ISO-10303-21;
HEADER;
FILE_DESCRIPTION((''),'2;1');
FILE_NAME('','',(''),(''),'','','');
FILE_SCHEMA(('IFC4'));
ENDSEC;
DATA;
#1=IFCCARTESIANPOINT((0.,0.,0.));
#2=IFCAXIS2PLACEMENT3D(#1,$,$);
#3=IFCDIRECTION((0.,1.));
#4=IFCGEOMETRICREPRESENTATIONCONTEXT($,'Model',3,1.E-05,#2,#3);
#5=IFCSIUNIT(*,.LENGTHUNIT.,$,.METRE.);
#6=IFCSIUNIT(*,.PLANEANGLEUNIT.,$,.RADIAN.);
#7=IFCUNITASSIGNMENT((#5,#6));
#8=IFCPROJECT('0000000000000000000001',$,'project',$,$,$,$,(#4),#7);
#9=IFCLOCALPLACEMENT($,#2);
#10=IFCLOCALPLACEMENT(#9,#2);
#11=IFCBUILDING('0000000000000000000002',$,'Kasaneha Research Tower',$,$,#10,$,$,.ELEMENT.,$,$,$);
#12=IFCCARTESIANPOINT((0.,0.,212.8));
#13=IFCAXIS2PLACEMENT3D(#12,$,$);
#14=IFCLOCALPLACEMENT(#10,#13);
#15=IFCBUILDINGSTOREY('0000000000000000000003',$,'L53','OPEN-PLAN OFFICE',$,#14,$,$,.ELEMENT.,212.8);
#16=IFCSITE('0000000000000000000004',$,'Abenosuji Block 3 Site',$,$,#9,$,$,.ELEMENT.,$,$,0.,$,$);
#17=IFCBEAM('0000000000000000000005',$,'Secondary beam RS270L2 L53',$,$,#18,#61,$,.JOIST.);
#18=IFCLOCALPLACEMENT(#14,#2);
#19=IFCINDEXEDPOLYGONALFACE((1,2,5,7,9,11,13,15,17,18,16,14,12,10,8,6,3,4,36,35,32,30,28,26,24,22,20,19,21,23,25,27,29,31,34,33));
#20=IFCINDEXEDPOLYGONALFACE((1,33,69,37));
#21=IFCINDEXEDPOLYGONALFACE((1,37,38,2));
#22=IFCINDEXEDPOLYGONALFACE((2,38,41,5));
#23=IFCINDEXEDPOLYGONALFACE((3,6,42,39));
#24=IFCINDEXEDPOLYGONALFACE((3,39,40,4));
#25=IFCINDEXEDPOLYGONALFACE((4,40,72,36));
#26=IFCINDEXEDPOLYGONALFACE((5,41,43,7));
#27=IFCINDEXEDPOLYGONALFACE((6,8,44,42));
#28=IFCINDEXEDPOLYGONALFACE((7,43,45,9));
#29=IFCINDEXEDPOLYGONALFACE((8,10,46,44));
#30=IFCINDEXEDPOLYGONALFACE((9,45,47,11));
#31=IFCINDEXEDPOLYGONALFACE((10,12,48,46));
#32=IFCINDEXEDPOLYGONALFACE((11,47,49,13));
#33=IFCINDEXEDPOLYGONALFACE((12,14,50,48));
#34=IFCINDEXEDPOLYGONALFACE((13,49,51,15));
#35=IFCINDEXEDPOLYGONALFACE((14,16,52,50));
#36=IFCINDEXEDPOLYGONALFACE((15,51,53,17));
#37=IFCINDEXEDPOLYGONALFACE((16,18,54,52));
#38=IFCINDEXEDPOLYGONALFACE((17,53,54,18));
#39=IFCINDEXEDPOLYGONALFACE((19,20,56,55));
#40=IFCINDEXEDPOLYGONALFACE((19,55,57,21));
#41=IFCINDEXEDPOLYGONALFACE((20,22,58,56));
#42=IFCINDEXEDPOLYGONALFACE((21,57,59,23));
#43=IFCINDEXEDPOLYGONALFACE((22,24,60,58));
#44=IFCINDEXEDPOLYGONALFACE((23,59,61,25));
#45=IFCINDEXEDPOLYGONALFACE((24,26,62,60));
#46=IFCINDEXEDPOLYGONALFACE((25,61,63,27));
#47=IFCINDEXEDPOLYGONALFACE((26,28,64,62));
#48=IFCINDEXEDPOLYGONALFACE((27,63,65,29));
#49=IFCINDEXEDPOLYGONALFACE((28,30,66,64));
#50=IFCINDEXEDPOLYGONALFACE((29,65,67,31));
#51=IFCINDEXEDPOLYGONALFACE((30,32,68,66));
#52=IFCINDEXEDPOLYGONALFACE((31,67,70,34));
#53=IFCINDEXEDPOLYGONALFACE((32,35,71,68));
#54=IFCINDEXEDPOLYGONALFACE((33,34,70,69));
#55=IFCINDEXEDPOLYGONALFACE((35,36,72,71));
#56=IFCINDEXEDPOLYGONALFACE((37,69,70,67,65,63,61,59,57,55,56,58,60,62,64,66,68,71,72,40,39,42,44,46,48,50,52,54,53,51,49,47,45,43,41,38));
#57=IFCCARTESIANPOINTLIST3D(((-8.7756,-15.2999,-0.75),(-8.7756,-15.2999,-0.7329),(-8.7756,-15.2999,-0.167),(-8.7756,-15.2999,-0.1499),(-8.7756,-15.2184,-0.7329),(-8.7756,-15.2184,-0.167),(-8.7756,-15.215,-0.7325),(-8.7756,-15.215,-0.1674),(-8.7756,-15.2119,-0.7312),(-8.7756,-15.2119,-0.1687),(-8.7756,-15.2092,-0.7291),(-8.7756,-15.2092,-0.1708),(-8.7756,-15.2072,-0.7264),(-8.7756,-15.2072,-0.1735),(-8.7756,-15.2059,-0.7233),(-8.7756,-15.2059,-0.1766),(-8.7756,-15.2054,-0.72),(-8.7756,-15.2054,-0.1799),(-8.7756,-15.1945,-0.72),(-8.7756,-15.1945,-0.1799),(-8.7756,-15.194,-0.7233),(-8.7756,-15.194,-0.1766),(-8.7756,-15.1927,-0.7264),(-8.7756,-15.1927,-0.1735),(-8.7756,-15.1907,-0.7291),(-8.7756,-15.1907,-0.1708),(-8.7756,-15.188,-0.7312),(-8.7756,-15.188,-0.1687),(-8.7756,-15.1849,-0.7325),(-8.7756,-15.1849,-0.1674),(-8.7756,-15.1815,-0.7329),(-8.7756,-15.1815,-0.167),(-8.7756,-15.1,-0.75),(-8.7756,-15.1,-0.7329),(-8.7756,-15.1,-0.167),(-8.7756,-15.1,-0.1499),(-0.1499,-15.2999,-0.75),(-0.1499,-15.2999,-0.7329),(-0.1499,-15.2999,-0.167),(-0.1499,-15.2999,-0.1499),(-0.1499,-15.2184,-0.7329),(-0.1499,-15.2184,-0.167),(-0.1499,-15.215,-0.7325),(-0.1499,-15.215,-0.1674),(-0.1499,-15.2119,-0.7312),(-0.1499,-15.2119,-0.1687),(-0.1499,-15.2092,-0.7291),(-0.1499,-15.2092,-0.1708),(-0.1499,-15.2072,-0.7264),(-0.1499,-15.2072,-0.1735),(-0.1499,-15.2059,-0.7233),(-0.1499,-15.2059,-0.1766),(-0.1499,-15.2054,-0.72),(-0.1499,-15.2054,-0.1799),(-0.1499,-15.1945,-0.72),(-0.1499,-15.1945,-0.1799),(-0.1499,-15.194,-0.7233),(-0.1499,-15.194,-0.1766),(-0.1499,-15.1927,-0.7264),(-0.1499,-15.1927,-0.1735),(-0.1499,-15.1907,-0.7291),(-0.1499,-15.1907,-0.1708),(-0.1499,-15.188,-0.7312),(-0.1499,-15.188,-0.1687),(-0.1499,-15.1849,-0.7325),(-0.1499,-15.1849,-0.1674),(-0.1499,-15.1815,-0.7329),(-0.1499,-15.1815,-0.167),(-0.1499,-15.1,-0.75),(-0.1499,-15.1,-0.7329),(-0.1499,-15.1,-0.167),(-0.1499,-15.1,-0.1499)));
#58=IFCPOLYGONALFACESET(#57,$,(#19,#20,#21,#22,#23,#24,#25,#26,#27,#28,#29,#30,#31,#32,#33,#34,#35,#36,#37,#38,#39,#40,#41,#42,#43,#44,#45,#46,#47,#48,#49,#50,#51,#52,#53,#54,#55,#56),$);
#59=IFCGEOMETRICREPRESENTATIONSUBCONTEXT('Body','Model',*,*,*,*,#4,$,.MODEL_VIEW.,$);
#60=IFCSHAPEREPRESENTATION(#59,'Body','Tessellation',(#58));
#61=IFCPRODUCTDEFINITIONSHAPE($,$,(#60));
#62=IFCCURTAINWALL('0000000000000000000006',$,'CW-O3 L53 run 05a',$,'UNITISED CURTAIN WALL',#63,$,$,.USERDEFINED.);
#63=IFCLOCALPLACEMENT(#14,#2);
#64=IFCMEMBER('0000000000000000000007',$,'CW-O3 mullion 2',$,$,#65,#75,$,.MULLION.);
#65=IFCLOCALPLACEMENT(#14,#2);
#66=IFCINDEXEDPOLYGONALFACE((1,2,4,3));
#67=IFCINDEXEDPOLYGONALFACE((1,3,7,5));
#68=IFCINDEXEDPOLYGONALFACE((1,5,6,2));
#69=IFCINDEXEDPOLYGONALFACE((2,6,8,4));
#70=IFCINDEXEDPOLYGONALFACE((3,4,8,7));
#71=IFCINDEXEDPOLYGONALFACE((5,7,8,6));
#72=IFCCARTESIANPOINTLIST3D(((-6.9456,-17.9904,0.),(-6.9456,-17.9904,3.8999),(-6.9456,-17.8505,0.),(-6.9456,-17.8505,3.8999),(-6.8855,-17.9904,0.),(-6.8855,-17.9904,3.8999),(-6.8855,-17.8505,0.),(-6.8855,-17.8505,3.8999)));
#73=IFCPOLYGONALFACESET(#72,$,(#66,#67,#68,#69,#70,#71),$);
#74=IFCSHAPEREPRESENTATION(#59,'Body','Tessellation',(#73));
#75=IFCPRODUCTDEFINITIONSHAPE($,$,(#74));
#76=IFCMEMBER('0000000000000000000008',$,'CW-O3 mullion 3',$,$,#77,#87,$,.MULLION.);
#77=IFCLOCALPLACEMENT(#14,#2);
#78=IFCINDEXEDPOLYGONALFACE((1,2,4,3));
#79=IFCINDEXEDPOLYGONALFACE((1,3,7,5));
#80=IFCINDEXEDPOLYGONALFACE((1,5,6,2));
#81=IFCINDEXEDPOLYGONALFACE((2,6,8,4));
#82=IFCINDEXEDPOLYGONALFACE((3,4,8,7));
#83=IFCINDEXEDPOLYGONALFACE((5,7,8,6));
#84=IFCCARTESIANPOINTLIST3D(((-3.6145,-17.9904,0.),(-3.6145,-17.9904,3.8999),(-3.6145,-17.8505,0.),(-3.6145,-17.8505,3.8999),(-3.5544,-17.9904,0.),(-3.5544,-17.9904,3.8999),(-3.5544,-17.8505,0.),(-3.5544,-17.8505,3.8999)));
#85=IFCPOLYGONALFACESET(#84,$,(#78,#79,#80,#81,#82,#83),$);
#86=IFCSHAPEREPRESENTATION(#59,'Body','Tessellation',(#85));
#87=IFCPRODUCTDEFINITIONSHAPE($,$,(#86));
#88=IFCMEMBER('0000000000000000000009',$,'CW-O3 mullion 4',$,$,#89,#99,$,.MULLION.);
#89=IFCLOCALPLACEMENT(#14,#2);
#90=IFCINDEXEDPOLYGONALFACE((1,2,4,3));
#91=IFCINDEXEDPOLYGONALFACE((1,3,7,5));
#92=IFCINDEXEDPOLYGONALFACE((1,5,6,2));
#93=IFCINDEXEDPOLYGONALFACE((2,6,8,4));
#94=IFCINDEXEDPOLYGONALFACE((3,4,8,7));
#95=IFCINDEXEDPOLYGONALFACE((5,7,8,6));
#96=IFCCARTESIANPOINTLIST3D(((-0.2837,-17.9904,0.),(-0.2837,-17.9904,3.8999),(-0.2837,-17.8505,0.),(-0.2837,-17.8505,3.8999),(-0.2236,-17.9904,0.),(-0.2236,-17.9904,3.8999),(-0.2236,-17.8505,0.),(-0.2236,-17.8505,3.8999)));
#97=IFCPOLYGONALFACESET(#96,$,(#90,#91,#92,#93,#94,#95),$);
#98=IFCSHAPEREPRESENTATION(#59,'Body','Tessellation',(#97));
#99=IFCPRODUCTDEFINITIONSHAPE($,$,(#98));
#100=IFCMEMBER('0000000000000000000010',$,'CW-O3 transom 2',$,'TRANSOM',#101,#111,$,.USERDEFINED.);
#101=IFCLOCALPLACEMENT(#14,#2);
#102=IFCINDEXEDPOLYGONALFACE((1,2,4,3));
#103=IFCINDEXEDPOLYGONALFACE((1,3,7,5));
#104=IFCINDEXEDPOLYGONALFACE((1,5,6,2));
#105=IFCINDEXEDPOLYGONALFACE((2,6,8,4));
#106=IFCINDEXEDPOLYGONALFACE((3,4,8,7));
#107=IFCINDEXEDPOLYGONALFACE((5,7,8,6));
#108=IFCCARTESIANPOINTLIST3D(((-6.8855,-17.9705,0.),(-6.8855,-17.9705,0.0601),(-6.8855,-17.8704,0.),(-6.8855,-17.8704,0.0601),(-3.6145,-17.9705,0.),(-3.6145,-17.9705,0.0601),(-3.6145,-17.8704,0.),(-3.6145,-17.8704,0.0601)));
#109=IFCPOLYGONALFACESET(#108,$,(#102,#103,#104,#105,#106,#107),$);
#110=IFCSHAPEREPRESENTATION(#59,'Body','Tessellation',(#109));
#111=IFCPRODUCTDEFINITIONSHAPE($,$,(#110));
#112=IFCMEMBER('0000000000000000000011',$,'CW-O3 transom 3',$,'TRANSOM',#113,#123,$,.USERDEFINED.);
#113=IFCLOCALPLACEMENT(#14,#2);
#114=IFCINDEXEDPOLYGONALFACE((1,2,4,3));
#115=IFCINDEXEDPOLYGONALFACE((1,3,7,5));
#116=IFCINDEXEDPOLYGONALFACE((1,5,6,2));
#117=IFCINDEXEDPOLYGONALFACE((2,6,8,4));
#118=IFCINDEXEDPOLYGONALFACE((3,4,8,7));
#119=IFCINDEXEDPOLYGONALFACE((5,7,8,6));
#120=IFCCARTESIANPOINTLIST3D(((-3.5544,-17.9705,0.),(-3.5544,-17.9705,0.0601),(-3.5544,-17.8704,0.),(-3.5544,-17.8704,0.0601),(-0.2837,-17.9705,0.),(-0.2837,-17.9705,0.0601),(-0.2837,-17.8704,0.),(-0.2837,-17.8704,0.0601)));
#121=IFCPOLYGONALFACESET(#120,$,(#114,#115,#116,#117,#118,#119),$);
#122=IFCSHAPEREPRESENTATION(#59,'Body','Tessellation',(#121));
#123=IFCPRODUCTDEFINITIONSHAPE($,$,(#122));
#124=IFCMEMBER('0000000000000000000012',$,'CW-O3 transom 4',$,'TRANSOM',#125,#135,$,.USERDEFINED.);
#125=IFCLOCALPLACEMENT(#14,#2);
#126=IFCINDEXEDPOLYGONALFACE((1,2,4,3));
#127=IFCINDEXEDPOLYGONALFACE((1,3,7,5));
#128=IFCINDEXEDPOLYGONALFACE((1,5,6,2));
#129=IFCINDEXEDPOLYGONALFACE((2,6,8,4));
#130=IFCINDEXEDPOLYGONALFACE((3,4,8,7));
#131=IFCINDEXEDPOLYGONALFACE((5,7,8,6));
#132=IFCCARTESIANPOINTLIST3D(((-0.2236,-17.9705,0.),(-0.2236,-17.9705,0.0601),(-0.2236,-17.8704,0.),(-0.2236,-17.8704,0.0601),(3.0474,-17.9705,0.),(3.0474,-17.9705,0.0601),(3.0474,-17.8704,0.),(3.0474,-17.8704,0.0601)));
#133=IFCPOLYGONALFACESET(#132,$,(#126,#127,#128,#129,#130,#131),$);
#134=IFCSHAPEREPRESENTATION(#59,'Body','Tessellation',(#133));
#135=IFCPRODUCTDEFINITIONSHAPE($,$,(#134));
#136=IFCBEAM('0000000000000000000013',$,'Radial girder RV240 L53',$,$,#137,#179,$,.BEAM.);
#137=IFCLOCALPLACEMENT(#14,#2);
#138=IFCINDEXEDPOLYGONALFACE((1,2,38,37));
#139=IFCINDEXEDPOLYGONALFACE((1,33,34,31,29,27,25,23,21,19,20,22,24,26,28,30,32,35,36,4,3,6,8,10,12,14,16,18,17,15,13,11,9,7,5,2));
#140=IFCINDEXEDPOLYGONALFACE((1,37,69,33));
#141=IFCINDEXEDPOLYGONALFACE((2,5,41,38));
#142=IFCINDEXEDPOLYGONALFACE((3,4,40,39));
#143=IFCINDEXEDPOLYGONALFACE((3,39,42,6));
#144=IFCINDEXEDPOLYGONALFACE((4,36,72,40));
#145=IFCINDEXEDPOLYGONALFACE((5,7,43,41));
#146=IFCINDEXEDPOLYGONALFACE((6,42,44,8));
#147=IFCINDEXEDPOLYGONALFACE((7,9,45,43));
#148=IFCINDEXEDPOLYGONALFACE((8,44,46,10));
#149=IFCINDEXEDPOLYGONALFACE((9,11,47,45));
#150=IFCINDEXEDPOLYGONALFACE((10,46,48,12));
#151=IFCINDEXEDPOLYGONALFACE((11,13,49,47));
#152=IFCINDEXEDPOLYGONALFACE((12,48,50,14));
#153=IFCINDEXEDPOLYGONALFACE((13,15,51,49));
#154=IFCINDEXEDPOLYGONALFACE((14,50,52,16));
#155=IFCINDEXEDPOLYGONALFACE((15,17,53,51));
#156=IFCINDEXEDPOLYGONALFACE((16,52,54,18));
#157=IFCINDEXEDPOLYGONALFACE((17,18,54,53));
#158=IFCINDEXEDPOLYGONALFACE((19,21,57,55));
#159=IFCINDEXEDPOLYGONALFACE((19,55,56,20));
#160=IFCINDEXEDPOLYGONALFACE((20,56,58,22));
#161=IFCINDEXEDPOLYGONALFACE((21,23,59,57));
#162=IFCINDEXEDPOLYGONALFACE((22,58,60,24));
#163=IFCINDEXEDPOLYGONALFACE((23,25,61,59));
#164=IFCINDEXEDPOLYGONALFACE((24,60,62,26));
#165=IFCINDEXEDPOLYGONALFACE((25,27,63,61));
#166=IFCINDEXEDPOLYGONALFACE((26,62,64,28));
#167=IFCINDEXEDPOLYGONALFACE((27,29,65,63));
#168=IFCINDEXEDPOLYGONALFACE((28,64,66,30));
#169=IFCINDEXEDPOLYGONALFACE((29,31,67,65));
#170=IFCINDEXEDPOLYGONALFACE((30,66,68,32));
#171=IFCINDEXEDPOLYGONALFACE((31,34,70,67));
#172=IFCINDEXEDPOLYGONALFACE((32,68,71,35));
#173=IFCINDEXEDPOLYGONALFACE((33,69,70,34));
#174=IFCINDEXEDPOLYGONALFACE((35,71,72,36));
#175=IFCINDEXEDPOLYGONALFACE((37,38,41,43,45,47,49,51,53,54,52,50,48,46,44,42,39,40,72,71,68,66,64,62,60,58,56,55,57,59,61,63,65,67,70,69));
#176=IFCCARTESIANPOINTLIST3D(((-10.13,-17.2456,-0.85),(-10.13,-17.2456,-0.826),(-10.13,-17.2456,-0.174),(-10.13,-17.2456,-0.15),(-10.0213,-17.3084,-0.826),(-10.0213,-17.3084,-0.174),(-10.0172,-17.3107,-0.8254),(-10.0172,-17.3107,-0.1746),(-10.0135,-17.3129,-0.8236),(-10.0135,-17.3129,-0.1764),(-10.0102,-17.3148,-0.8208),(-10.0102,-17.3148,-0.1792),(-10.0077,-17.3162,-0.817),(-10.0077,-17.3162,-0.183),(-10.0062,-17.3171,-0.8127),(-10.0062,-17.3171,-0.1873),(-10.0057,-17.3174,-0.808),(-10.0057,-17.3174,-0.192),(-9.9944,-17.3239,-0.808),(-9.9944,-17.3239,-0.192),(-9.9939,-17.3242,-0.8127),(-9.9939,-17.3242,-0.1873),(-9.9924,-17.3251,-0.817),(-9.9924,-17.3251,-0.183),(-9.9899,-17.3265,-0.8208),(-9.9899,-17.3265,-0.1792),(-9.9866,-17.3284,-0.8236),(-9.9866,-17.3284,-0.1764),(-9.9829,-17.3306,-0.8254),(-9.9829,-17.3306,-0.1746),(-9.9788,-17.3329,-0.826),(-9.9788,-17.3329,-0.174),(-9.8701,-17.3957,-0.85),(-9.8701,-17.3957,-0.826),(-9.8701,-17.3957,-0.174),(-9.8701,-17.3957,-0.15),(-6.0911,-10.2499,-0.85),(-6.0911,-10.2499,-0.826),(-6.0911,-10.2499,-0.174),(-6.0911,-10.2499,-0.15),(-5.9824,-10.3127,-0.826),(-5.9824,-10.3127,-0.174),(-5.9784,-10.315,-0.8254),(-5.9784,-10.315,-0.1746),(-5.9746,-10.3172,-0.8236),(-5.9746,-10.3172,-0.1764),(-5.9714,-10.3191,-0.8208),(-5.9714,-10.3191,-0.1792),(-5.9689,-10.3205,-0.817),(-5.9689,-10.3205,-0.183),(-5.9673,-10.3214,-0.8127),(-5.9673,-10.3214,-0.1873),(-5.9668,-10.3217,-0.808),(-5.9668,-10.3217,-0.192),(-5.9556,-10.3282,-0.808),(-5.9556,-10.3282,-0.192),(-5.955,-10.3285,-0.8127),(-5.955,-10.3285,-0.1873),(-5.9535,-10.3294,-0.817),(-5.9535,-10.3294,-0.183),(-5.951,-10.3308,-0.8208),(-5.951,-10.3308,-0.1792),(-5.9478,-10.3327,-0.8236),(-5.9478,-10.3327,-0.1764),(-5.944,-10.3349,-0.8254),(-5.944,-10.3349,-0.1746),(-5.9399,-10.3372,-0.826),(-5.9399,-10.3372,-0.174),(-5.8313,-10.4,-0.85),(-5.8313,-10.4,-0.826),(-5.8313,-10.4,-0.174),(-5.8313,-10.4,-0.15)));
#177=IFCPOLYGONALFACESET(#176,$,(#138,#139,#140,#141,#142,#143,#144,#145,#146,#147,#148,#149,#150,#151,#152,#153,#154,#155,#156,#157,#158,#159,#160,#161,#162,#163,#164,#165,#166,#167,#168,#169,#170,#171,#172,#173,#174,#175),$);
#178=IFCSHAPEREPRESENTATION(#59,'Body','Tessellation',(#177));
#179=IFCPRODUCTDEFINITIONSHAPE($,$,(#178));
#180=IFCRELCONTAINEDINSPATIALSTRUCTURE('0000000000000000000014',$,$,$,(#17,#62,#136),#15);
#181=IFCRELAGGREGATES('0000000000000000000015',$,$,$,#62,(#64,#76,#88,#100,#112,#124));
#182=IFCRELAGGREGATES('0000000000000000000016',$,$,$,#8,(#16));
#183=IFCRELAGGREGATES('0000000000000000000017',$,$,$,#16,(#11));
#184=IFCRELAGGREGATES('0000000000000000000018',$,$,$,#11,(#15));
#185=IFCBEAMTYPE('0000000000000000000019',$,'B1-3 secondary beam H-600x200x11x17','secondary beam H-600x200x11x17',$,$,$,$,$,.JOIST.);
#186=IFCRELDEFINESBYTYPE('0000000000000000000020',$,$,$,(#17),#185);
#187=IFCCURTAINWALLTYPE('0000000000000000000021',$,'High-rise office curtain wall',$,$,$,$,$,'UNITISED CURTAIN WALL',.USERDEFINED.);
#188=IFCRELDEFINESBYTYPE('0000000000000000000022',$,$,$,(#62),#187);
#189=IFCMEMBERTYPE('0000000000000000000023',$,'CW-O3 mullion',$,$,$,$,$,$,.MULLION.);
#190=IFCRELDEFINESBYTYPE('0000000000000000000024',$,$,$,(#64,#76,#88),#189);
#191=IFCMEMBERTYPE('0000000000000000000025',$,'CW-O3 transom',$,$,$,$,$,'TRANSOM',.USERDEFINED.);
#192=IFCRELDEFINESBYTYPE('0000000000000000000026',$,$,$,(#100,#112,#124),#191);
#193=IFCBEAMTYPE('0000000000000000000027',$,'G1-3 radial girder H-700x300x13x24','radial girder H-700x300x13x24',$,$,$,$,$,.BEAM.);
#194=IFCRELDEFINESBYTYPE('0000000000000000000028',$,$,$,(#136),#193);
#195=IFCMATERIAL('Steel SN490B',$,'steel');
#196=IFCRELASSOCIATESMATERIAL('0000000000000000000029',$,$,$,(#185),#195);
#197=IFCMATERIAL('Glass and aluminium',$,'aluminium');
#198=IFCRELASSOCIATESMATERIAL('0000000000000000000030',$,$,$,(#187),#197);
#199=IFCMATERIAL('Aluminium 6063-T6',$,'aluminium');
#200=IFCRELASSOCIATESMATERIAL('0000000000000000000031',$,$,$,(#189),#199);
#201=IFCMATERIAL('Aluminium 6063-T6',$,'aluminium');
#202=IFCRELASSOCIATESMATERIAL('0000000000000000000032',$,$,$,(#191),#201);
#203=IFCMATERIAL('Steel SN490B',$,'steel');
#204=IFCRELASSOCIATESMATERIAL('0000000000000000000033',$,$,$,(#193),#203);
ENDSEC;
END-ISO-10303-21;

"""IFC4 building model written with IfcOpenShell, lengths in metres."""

from ifc_helpers import new_model, si_unit, direction, frame, origin, origin_2d, place, context, subcontext, project, spatial, rectangle, i_section, extrude, material, material_profile, profile_set, type_object, element, aggregate, save


model = new_model("IFC4")

# Units and contexts
model_context = context("Model", 3, precision=1e-05, world=origin(), true_north=direction((0.0, 1.0)))
body_context = subcontext(model_context, "Body", "Model", "MODEL_VIEW")
ifc_project = project(units=[si_unit("LENGTHUNIT", "METRE"), si_unit("PLANEANGLEUNIT", "RADIAN")], contexts=[model_context])

# Site, building, storey
site_placement = place(None, origin())
site = spatial("IfcSite", under=ifc_project, at=site_placement, Name="Abenosuji Block 3 Site", CompositionType="ELEMENT", RefElevation=0.0)
building_placement = place(site_placement, origin())
building = spatial("IfcBuilding", under=site, at=building_placement, Name="Kasaneha Research Tower", CompositionType="ELEMENT")
storey_placement = place(building_placement, frame((0.0, 0.0, 212.8)))
storey = spatial("IfcBuildingStorey", under=building, at=storey_placement, Name="L53", Description="OPEN-PLAN OFFICE", CompositionType="ELEMENT", Elevation=212.8)

# Beam
ifc_material_1 = material(Name="Steel SN490B", Category="steel")
ifc_material_profile_1 = material_profile(ifc_material_1, i_section(OverallWidth=0.2, OverallDepth=0.6001, WebThickness=0.011, FlangeThickness=0.0171, FilletRadius=0.0129, at=origin_2d()), Name="H-600x200x11x17")
ifc_profile_set_1 = profile_set([ifc_material_profile_1], Name="Steel SN490B")
beam_type_1 = type_object("IfcBeamType", Name="B1-3 secondary beam H-600x200x11x17", Description="secondary beam H-600x200x11x17", PredefinedType="JOIST", material=ifc_profile_set_1)
beam_1_placement = place(storey_placement, frame((-8.7756, -15.2, -0.45), z_axis=(1.0, 0.0, 0.0), x_axis=(0.0, 1.0, 0.0)))
element("IfcBeam", 1, at=beam_1_placement, inside=storey, type_object=beam_type_1, Name="Secondary beam RS270L2 L53", PredefinedType="JOIST", context=body_context, shape_type="SweptSolid", body=[
    extrude(i_section(OverallWidth=0.2, OverallDepth=0.6001, WebThickness=0.011, FlangeThickness=0.0171, FilletRadius=0.0129, at=origin_2d()), origin(), (0.0, 0.0, 1.0), 8.6257),
])

# Curtain wall, members
ifc_material_2 = material(Name="Glass and aluminium", Category="aluminium")
curtain_wall_type = type_object("IfcCurtainWallType", Name="High-rise office curtain wall", ElementType="UNITISED CURTAIN WALL", PredefinedType="USERDEFINED", material=ifc_material_2)
curtain_wall_placement = place(storey_placement, origin())
curtain_wall = element("IfcCurtainWall", 2, at=curtain_wall_placement, inside=storey, type_object=curtain_wall_type, Name="CW-O3 L53 run 05a", ObjectType="UNITISED CURTAIN WALL", PredefinedType="USERDEFINED")
ifc_material_3 = material(Name="Aluminium 6063-T6", Category="aluminium")
ifc_material_profile_2 = material_profile(ifc_material_3, rectangle(XDim=0.0601, YDim=0.1399, at=origin_2d()), Name="CW-O3 mullion 60x140")
ifc_profile_set_2 = profile_set([ifc_material_profile_2], Name="Aluminium 6063-T6")
member_type_1 = type_object("IfcMemberType", Name="CW-O3 mullion", PredefinedType="MULLION", material=ifc_profile_set_2)
member_1_placement = place(storey_placement, frame((-6.9155, -17.9204, 0.0), z_axis=(0.0, 0.0, 1.0), x_axis=(1.0, 0.0, 0.0)))
member_1 = element("IfcMember", 3, at=member_1_placement, type_object=member_type_1, Name="CW-O3 mullion 2", PredefinedType="MULLION", context=body_context, shape_type="SweptSolid", body=[
    extrude(rectangle(XDim=0.0601, YDim=0.1399, at=origin_2d()), origin(), (0.0, 0.0, 1.0), 3.8999),
])
member_2_placement = place(storey_placement, frame((-3.5845, -17.9204, 0.0), z_axis=(0.0, 0.0, 1.0), x_axis=(1.0, 0.0, 0.0)))
member_2 = element("IfcMember", 4, at=member_2_placement, type_object=member_type_1, Name="CW-O3 mullion 3", PredefinedType="MULLION", context=body_context, shape_type="SweptSolid", body=[
    extrude(rectangle(XDim=0.0601, YDim=0.1399, at=origin_2d()), origin(), (0.0, 0.0, 1.0), 3.8999),
])
member_3_placement = place(storey_placement, frame((-0.2537, -17.9204, 0.0), z_axis=(0.0, 0.0, 1.0), x_axis=(1.0, 0.0, 0.0)))
member_3 = element("IfcMember", 5, at=member_3_placement, type_object=member_type_1, Name="CW-O3 mullion 4", PredefinedType="MULLION", context=body_context, shape_type="SweptSolid", body=[
    extrude(rectangle(XDim=0.0601, YDim=0.1399, at=origin_2d()), origin(), (0.0, 0.0, 1.0), 3.8999),
])
ifc_material_4 = material(Name="Aluminium 6063-T6", Category="aluminium")
ifc_material_profile_3 = material_profile(ifc_material_4, rectangle(XDim=0.1001, YDim=0.0601, at=origin_2d()), Name="CW-O3 transom 100x60")
ifc_profile_set_3 = profile_set([ifc_material_profile_3], Name="Aluminium 6063-T6")
member_type_2 = type_object("IfcMemberType", Name="CW-O3 transom", ElementType="TRANSOM", PredefinedType="USERDEFINED", material=ifc_profile_set_3)
member_4_placement = place(storey_placement, frame((-6.8855, -17.9204, 0.03), z_axis=(1.0, 0.0, 0.0), x_axis=(0.0, 1.0, 0.0)))
member_4 = element("IfcMember", 6, at=member_4_placement, type_object=member_type_2, Name="CW-O3 transom 2", ObjectType="TRANSOM", PredefinedType="USERDEFINED", context=body_context, shape_type="SweptSolid", body=[
    extrude(rectangle(XDim=0.1001, YDim=0.0601, at=origin_2d()), origin(), (0.0, 0.0, 1.0), 3.271),
])
member_5_placement = place(storey_placement, frame((-3.5544, -17.9204, 0.03), z_axis=(1.0, 0.0, 0.0), x_axis=(0.0, 1.0, 0.0)))
member_5 = element("IfcMember", 7, at=member_5_placement, type_object=member_type_2, Name="CW-O3 transom 3", ObjectType="TRANSOM", PredefinedType="USERDEFINED", context=body_context, shape_type="SweptSolid", body=[
    extrude(rectangle(XDim=0.1001, YDim=0.0601, at=origin_2d()), origin(), (0.0, 0.0, 1.0), 3.2708),
])
member_6_placement = place(storey_placement, frame((-0.2236, -17.9204, 0.03), z_axis=(1.0, 0.0, 0.0), x_axis=(0.0, 1.0, 0.0)))
member_6 = element("IfcMember", 8, at=member_6_placement, type_object=member_type_2, Name="CW-O3 transom 4", ObjectType="TRANSOM", PredefinedType="USERDEFINED", context=body_context, shape_type="SweptSolid", body=[
    extrude(rectangle(XDim=0.1001, YDim=0.0601, at=origin_2d()), origin(), (0.0, 0.0, 1.0), 3.271),
])

# Beam
ifc_material_5 = material(Name="Steel SN490B", Category="steel")
ifc_material_profile_4 = material_profile(ifc_material_5, i_section(OverallWidth=0.3, OverallDepth=0.7, WebThickness=0.0129, FlangeThickness=0.0239, FilletRadius=0.0181, at=origin_2d()), Name="H-700x300x13x24")
ifc_profile_set_4 = profile_set([ifc_material_profile_4], Name="Steel SN490B")
beam_type_2 = type_object("IfcBeamType", Name="G1-3 radial girder H-700x300x13x24", Description="radial girder H-700x300x13x24", PredefinedType="BEAM", material=ifc_profile_set_4)
beam_2_placement = place(storey_placement, frame((-5.9612, -10.325, -0.5), z_axis=(-0.499991, -0.866031, 0.0), x_axis=(0.866031, -0.499991, 0.0)))
element("IfcBeam", 9, at=beam_2_placement, inside=storey, type_object=beam_type_2, Name="Radial girder RV240 L53", PredefinedType="BEAM", context=body_context, shape_type="SweptSolid", body=[
    extrude(i_section(OverallWidth=0.3, OverallDepth=0.7, WebThickness=0.0129, FlangeThickness=0.0239, FilletRadius=0.0181, at=origin_2d()), origin(), (0.0, 0.0, 1.0), 8.0779),
])

aggregate(curtain_wall, [member_1, member_2, member_3, member_4, member_5, member_6])

save(model, "model.ifc")
